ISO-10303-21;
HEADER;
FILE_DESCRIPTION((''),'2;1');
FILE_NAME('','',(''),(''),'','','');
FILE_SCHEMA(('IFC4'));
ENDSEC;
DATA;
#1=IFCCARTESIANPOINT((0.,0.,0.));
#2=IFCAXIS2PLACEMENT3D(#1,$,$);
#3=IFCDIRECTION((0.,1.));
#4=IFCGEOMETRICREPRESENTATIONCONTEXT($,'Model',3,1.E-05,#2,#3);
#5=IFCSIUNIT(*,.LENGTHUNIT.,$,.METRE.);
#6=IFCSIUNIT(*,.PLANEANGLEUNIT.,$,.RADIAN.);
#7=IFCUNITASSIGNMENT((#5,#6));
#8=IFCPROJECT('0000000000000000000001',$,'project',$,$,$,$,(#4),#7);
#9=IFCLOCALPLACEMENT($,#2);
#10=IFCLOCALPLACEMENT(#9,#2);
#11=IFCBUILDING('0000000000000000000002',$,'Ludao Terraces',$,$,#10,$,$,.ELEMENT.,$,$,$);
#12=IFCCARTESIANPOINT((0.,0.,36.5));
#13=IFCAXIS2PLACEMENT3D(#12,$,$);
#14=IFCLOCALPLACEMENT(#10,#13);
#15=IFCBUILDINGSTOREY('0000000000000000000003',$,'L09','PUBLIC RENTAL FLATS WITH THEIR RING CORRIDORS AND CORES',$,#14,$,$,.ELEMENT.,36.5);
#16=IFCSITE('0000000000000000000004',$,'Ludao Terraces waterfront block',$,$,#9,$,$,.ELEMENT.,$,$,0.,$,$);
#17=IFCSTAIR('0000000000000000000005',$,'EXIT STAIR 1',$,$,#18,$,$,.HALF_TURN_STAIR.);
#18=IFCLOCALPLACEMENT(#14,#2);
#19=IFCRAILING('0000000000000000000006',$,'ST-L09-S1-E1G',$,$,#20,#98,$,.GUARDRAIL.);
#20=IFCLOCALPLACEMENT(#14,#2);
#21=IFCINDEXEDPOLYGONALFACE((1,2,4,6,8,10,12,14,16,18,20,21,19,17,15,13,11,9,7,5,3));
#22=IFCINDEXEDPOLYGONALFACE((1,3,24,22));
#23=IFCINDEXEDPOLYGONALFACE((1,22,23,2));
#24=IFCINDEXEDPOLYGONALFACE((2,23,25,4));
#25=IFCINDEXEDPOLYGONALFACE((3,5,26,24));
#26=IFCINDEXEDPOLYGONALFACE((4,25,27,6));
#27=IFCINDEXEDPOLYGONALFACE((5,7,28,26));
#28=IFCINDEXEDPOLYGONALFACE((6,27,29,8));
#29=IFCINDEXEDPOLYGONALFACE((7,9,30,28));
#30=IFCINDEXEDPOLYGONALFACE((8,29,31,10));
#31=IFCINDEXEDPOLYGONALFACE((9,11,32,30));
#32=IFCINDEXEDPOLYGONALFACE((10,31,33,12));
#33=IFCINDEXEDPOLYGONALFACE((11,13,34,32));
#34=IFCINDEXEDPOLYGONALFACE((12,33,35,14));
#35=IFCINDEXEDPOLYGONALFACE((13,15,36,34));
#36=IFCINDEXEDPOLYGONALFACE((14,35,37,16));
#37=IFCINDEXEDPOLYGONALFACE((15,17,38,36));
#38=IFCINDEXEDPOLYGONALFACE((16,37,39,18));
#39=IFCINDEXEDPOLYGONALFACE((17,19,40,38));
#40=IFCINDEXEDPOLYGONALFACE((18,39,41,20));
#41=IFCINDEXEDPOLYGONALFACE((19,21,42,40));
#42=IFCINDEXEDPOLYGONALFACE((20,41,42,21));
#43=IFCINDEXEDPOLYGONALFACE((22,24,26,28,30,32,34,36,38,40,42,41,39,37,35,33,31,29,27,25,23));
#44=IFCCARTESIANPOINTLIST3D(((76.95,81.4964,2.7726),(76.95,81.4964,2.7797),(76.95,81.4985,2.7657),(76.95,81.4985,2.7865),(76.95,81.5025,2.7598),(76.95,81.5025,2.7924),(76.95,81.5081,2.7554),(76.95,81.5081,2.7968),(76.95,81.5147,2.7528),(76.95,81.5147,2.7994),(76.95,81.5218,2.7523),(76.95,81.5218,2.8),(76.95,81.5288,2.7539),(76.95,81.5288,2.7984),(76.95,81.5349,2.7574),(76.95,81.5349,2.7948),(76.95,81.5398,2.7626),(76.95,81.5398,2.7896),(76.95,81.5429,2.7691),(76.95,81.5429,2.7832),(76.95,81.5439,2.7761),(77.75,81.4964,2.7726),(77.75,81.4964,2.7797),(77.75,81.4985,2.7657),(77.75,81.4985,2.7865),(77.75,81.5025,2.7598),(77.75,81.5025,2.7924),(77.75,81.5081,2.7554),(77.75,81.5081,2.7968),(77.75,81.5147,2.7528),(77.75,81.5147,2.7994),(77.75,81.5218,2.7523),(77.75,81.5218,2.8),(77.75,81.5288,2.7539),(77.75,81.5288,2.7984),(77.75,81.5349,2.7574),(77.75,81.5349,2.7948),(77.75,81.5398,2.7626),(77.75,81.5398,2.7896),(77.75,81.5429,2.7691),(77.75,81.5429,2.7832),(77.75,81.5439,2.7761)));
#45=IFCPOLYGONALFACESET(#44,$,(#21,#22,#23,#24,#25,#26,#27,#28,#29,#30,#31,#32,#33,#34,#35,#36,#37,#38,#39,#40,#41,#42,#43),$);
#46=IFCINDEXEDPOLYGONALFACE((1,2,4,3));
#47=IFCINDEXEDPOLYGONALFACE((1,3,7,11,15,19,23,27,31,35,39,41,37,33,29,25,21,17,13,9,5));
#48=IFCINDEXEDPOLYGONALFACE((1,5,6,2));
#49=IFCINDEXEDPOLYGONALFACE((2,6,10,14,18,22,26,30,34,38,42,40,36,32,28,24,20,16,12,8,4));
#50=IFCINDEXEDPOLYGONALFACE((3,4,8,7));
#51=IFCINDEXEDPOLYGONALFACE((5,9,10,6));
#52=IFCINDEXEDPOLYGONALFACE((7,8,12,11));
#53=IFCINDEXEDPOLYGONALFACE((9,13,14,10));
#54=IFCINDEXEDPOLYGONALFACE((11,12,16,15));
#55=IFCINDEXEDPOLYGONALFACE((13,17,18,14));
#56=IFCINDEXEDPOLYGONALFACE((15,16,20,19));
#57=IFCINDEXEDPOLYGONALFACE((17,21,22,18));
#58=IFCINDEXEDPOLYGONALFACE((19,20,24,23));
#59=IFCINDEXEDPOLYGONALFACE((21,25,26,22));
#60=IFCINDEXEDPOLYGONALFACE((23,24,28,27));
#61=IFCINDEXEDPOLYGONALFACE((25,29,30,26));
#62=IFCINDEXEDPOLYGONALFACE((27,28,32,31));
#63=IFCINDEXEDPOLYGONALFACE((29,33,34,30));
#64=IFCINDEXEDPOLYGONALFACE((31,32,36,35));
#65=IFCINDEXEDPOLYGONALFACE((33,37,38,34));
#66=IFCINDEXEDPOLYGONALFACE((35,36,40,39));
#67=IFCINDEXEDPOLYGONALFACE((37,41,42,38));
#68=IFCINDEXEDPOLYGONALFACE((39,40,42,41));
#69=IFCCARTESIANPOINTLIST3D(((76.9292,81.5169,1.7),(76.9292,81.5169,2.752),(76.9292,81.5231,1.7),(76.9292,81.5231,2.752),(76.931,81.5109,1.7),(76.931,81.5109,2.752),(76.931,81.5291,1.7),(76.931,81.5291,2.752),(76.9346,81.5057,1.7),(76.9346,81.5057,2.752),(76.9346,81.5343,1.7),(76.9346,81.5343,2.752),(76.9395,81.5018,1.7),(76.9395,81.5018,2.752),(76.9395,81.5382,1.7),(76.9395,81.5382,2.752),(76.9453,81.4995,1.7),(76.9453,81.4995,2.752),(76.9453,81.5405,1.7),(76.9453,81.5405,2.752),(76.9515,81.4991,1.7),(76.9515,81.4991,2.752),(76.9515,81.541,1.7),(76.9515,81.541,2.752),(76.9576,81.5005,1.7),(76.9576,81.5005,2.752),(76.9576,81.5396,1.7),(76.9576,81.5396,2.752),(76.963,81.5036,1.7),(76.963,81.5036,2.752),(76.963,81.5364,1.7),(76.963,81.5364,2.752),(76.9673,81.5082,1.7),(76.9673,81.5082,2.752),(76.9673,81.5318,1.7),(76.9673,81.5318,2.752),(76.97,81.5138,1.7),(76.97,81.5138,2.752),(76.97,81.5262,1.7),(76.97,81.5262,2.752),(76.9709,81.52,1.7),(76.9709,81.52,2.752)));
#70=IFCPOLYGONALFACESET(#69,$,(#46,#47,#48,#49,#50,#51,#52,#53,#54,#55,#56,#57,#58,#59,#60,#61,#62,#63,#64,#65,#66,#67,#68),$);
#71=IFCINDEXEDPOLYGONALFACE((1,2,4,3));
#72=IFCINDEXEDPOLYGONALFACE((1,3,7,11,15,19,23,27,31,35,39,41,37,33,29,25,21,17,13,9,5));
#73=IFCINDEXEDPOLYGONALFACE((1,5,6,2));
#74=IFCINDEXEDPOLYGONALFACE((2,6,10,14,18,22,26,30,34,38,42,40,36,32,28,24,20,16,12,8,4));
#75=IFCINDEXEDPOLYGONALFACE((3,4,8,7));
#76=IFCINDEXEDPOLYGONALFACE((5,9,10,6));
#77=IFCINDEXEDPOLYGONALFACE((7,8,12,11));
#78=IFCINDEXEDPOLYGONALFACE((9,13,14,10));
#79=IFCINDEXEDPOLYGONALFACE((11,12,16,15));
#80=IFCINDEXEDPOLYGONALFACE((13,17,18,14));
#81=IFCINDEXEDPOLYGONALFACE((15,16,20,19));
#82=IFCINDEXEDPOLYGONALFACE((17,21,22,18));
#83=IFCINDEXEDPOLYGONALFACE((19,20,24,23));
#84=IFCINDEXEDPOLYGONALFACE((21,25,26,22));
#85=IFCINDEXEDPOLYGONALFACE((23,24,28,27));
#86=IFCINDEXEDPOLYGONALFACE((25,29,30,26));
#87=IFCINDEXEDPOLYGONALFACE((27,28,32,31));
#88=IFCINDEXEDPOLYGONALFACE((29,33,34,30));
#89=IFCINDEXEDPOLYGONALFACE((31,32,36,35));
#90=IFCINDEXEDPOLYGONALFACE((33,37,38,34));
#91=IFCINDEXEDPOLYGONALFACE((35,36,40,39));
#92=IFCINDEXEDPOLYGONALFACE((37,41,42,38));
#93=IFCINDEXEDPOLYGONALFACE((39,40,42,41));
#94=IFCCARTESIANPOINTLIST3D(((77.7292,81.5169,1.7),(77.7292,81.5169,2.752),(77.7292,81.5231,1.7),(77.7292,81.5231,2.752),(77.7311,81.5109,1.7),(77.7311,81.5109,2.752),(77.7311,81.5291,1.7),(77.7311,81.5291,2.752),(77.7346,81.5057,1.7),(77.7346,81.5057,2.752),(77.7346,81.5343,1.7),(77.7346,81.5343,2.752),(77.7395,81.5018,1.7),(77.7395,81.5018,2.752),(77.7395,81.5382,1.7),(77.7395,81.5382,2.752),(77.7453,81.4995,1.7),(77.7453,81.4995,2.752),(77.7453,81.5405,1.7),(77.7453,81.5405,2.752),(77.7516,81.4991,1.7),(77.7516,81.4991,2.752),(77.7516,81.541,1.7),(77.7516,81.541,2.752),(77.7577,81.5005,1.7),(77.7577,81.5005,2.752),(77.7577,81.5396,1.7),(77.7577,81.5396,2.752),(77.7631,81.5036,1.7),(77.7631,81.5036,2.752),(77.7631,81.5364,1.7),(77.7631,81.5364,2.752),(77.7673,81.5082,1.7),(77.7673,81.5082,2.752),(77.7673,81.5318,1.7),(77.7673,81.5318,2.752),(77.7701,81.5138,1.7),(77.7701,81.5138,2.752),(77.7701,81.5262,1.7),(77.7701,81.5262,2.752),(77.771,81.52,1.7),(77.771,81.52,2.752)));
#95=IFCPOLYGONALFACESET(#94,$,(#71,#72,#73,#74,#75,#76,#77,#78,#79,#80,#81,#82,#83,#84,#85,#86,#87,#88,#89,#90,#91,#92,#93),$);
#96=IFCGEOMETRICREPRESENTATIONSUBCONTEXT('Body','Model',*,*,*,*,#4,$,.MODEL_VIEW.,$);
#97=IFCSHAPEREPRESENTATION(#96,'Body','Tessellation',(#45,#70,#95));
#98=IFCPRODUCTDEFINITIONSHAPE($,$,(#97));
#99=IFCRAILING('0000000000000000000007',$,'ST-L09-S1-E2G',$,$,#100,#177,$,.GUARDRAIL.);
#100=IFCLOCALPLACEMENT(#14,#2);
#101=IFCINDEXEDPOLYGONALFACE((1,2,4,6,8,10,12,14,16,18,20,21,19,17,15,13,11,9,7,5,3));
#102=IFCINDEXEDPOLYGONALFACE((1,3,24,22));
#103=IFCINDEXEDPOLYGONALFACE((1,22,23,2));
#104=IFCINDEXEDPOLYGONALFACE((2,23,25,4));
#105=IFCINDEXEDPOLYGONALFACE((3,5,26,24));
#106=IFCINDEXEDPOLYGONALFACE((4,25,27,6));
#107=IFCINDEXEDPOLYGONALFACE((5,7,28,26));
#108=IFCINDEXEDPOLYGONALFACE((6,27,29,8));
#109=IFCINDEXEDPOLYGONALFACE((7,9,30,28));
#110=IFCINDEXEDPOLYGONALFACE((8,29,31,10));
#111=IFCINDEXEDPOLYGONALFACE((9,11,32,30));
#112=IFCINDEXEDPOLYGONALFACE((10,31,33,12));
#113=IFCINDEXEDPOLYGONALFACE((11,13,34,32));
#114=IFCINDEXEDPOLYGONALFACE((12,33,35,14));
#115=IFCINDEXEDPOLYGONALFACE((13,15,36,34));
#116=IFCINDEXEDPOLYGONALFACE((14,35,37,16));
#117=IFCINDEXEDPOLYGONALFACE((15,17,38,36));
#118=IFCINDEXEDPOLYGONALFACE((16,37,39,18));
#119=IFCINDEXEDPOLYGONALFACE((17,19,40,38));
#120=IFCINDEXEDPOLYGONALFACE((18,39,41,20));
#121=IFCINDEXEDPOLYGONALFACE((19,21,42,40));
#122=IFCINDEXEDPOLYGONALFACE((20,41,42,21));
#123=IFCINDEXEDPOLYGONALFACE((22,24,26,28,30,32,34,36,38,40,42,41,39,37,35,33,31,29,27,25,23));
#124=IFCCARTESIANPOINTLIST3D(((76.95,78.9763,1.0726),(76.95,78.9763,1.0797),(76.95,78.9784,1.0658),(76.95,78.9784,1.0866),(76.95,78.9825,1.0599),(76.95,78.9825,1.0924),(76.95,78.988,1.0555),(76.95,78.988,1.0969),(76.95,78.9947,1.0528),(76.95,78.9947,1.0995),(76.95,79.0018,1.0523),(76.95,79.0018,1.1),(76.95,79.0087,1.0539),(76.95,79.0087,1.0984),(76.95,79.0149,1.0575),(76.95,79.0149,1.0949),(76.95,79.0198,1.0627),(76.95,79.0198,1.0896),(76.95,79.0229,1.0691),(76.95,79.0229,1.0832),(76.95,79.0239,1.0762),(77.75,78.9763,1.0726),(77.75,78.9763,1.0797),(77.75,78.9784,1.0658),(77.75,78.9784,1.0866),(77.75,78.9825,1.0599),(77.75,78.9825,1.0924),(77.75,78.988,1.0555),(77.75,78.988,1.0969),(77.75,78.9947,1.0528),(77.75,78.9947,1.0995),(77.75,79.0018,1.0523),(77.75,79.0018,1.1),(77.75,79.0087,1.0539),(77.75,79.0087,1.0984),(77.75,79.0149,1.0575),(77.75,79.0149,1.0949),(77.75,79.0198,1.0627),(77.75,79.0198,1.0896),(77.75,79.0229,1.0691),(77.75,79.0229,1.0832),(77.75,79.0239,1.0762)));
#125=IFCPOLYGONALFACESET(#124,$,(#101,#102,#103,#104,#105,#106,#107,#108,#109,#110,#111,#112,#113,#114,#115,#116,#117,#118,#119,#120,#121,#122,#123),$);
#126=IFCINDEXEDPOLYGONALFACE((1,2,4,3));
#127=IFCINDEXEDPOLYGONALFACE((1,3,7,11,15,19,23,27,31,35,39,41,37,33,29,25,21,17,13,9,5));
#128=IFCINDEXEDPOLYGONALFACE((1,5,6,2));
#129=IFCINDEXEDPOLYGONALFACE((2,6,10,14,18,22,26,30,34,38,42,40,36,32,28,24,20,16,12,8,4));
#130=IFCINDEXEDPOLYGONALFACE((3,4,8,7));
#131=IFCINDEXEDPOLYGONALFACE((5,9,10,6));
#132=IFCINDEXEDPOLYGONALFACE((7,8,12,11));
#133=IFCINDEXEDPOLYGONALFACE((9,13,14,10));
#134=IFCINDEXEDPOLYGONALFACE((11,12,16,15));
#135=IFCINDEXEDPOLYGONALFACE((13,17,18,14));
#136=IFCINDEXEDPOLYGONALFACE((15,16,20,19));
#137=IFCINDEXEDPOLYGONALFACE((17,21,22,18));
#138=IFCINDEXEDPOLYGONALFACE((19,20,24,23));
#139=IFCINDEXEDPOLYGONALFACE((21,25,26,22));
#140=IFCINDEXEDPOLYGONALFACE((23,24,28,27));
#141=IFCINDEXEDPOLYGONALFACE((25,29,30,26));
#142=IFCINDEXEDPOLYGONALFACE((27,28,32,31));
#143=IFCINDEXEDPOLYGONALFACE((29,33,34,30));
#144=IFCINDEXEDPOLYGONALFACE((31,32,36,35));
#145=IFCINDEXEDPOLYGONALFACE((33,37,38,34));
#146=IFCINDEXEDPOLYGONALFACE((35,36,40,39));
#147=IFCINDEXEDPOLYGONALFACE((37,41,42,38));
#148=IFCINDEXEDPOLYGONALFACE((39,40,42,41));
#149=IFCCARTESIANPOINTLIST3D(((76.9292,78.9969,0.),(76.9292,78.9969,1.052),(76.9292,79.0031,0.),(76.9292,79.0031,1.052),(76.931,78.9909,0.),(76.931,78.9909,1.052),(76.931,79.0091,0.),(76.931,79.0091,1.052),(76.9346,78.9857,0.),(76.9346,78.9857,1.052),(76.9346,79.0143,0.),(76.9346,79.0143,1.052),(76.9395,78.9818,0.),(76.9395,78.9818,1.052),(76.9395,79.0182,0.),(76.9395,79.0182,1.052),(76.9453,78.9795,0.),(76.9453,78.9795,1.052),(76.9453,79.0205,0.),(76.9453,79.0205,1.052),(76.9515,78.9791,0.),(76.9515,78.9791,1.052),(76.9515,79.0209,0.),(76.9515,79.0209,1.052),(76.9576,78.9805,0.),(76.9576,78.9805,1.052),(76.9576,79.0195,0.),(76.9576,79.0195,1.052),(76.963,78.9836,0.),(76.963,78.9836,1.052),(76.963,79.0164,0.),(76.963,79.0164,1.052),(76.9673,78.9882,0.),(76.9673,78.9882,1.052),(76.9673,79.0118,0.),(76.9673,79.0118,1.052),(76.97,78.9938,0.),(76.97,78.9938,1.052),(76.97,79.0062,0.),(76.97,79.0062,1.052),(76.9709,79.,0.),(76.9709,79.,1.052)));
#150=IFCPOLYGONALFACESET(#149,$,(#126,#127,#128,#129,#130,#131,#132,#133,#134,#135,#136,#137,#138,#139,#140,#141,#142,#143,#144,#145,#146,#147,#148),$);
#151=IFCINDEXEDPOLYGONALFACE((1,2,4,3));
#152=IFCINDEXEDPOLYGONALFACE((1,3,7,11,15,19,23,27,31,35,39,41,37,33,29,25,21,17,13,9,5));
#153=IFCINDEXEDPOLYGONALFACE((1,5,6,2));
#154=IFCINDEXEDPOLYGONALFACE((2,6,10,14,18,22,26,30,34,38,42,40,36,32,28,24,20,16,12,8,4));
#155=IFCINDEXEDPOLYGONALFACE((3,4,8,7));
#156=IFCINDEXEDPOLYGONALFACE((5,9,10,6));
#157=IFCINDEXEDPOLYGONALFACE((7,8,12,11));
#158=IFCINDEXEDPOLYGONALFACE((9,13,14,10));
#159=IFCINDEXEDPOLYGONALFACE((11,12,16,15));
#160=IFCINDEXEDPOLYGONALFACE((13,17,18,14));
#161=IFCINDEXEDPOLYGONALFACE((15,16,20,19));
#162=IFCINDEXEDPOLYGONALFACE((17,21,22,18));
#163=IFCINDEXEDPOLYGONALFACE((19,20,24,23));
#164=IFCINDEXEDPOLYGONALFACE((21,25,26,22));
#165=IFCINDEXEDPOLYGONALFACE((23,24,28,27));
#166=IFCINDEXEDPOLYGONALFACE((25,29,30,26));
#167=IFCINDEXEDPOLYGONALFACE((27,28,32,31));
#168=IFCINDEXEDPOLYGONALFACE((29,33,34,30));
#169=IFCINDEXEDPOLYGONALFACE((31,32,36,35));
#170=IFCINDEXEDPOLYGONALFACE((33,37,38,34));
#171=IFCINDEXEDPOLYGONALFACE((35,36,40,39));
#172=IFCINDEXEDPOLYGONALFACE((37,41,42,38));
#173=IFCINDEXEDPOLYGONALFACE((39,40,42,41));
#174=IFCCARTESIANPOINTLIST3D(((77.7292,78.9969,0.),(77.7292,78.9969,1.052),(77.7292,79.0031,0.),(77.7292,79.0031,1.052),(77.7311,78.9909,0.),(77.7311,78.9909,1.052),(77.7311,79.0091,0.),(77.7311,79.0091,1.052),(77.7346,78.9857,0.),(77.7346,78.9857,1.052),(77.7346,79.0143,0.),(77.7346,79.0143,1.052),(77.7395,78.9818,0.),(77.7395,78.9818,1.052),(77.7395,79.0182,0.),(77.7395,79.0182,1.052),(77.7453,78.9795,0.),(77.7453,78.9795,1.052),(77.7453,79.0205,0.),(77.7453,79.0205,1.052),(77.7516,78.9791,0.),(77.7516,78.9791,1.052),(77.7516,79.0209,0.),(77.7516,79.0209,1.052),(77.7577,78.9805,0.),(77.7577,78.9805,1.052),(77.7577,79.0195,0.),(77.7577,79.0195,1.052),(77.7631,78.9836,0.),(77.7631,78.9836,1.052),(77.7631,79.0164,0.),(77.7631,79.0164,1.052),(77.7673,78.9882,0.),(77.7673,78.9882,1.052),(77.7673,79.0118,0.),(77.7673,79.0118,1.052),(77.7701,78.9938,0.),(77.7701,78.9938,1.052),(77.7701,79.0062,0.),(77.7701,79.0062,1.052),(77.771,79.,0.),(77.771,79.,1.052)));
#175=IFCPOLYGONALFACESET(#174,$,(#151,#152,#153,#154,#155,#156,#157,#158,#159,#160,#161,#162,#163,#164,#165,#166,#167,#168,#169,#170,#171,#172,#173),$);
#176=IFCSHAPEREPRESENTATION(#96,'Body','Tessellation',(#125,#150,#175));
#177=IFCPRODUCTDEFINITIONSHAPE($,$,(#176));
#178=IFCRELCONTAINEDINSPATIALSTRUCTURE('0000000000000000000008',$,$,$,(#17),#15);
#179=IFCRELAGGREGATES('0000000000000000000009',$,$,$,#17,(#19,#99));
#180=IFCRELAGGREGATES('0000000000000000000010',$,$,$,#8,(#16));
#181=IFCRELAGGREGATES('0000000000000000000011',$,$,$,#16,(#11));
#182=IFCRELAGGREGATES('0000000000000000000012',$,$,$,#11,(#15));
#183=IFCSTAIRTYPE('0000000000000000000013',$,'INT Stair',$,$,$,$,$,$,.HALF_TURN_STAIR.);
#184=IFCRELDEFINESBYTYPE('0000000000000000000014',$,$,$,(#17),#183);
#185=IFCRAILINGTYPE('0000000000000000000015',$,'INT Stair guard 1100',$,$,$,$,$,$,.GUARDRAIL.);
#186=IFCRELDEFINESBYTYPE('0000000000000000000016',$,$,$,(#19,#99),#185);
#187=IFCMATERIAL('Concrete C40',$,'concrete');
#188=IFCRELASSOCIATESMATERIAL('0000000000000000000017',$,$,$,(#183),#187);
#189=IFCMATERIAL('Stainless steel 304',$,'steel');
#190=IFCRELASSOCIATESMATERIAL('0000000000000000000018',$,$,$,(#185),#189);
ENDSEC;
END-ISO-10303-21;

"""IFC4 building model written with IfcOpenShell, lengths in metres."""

from ifc_helpers import new_model, si_unit, direction, frame, origin, origin_2d, place, context, subcontext, project, spatial, circle, extrude, material, type_object, element, aggregate, save


model = new_model("IFC4")

# Units and contexts
model_context = context("Model", 3, precision=1e-05, world=origin(), true_north=direction((0.0, 1.0)))
body_context = subcontext(model_context, "Body", "Model", "MODEL_VIEW")
ifc_project = project(units=[si_unit("LENGTHUNIT", "METRE"), si_unit("PLANEANGLEUNIT", "RADIAN")], contexts=[model_context])

# Site, building, storey
site_placement = place(None, origin())
site = spatial("IfcSite", under=ifc_project, at=site_placement, Name="Ludao Terraces waterfront block", CompositionType="ELEMENT", RefElevation=0.0)
building_placement = place(site_placement, origin())
building = spatial("IfcBuilding", under=site, at=building_placement, Name="Ludao Terraces", CompositionType="ELEMENT")
storey_placement = place(building_placement, frame((0.0, 0.0, 36.5)))
storey = spatial("IfcBuildingStorey", under=building, at=storey_placement, Name="L09", Description="PUBLIC RENTAL FLATS WITH THEIR RING CORRIDORS AND CORES", CompositionType="ELEMENT", Elevation=36.5)

# Shared definitions
ifc_material_1 = material(Name="Stainless steel 304", Category="steel")

# Stair, railings
ifc_material_2 = material(Name="Concrete C40", Category="concrete")
stair_type = type_object("IfcStairType", Name="INT Stair", PredefinedType="HALF_TURN_STAIR", material=ifc_material_2)
stair_placement = place(storey_placement, origin())
stair = element("IfcStair", 1, at=stair_placement, inside=storey, type_object=stair_type, Name="EXIT STAIR 1", PredefinedType="HALF_TURN_STAIR")
railing_type_1 = type_object("IfcRailingType", Name="INT Stair guard 1100", PredefinedType="GUARDRAIL", material=ifc_material_1)
railing_1_placement = place(storey_placement, frame((76.95, 81.52, 1.7)))
railing_1 = element("IfcRailing", 2, at=railing_1_placement, type_object=railing_type_1, Name="ST-L09-S1-E1G", PredefinedType="GUARDRAIL", context=body_context, shape_type="SweptSolid", body=[
    extrude(circle(Radius=0.0239, at=origin_2d()), frame((0.0, 0.0, 1.0762), z_axis=(1.0, 0.0, 0.0), x_axis=(0.0, 1.0, 0.0)), (0.0, 0.0, 1.0), 0.8),
    extrude(circle(Radius=0.021, at=origin_2d()), origin(), (0.0, 0.0, 1.0), 1.052),
    extrude(circle(Radius=0.021, at=origin_2d()), frame((0.8, 0.0, 0.0)), (0.0, 0.0, 1.0), 1.052),
])
railing_2_placement = place(storey_placement, frame((76.95, 79.0, 0.0)))
railing_2 = element("IfcRailing", 3, at=railing_2_placement, type_object=railing_type_1, Name="ST-L09-S1-E2G", PredefinedType="GUARDRAIL", context=body_context, shape_type="SweptSolid", body=[
    extrude(circle(Radius=0.0239, at=origin_2d()), frame((0.0, 0.0, 1.0762), z_axis=(1.0, 0.0, 0.0), x_axis=(0.0, 1.0, 0.0)), (0.0, 0.0, 1.0), 0.8),
    extrude(circle(Radius=0.021, at=origin_2d()), origin(), (0.0, 0.0, 1.0), 1.052),
    extrude(circle(Radius=0.021, at=origin_2d()), frame((0.8, 0.0, 0.0)), (0.0, 0.0, 1.0), 1.052),
])
aggregate(stair, [railing_1, railing_2])

save(model, "model.ifc")
